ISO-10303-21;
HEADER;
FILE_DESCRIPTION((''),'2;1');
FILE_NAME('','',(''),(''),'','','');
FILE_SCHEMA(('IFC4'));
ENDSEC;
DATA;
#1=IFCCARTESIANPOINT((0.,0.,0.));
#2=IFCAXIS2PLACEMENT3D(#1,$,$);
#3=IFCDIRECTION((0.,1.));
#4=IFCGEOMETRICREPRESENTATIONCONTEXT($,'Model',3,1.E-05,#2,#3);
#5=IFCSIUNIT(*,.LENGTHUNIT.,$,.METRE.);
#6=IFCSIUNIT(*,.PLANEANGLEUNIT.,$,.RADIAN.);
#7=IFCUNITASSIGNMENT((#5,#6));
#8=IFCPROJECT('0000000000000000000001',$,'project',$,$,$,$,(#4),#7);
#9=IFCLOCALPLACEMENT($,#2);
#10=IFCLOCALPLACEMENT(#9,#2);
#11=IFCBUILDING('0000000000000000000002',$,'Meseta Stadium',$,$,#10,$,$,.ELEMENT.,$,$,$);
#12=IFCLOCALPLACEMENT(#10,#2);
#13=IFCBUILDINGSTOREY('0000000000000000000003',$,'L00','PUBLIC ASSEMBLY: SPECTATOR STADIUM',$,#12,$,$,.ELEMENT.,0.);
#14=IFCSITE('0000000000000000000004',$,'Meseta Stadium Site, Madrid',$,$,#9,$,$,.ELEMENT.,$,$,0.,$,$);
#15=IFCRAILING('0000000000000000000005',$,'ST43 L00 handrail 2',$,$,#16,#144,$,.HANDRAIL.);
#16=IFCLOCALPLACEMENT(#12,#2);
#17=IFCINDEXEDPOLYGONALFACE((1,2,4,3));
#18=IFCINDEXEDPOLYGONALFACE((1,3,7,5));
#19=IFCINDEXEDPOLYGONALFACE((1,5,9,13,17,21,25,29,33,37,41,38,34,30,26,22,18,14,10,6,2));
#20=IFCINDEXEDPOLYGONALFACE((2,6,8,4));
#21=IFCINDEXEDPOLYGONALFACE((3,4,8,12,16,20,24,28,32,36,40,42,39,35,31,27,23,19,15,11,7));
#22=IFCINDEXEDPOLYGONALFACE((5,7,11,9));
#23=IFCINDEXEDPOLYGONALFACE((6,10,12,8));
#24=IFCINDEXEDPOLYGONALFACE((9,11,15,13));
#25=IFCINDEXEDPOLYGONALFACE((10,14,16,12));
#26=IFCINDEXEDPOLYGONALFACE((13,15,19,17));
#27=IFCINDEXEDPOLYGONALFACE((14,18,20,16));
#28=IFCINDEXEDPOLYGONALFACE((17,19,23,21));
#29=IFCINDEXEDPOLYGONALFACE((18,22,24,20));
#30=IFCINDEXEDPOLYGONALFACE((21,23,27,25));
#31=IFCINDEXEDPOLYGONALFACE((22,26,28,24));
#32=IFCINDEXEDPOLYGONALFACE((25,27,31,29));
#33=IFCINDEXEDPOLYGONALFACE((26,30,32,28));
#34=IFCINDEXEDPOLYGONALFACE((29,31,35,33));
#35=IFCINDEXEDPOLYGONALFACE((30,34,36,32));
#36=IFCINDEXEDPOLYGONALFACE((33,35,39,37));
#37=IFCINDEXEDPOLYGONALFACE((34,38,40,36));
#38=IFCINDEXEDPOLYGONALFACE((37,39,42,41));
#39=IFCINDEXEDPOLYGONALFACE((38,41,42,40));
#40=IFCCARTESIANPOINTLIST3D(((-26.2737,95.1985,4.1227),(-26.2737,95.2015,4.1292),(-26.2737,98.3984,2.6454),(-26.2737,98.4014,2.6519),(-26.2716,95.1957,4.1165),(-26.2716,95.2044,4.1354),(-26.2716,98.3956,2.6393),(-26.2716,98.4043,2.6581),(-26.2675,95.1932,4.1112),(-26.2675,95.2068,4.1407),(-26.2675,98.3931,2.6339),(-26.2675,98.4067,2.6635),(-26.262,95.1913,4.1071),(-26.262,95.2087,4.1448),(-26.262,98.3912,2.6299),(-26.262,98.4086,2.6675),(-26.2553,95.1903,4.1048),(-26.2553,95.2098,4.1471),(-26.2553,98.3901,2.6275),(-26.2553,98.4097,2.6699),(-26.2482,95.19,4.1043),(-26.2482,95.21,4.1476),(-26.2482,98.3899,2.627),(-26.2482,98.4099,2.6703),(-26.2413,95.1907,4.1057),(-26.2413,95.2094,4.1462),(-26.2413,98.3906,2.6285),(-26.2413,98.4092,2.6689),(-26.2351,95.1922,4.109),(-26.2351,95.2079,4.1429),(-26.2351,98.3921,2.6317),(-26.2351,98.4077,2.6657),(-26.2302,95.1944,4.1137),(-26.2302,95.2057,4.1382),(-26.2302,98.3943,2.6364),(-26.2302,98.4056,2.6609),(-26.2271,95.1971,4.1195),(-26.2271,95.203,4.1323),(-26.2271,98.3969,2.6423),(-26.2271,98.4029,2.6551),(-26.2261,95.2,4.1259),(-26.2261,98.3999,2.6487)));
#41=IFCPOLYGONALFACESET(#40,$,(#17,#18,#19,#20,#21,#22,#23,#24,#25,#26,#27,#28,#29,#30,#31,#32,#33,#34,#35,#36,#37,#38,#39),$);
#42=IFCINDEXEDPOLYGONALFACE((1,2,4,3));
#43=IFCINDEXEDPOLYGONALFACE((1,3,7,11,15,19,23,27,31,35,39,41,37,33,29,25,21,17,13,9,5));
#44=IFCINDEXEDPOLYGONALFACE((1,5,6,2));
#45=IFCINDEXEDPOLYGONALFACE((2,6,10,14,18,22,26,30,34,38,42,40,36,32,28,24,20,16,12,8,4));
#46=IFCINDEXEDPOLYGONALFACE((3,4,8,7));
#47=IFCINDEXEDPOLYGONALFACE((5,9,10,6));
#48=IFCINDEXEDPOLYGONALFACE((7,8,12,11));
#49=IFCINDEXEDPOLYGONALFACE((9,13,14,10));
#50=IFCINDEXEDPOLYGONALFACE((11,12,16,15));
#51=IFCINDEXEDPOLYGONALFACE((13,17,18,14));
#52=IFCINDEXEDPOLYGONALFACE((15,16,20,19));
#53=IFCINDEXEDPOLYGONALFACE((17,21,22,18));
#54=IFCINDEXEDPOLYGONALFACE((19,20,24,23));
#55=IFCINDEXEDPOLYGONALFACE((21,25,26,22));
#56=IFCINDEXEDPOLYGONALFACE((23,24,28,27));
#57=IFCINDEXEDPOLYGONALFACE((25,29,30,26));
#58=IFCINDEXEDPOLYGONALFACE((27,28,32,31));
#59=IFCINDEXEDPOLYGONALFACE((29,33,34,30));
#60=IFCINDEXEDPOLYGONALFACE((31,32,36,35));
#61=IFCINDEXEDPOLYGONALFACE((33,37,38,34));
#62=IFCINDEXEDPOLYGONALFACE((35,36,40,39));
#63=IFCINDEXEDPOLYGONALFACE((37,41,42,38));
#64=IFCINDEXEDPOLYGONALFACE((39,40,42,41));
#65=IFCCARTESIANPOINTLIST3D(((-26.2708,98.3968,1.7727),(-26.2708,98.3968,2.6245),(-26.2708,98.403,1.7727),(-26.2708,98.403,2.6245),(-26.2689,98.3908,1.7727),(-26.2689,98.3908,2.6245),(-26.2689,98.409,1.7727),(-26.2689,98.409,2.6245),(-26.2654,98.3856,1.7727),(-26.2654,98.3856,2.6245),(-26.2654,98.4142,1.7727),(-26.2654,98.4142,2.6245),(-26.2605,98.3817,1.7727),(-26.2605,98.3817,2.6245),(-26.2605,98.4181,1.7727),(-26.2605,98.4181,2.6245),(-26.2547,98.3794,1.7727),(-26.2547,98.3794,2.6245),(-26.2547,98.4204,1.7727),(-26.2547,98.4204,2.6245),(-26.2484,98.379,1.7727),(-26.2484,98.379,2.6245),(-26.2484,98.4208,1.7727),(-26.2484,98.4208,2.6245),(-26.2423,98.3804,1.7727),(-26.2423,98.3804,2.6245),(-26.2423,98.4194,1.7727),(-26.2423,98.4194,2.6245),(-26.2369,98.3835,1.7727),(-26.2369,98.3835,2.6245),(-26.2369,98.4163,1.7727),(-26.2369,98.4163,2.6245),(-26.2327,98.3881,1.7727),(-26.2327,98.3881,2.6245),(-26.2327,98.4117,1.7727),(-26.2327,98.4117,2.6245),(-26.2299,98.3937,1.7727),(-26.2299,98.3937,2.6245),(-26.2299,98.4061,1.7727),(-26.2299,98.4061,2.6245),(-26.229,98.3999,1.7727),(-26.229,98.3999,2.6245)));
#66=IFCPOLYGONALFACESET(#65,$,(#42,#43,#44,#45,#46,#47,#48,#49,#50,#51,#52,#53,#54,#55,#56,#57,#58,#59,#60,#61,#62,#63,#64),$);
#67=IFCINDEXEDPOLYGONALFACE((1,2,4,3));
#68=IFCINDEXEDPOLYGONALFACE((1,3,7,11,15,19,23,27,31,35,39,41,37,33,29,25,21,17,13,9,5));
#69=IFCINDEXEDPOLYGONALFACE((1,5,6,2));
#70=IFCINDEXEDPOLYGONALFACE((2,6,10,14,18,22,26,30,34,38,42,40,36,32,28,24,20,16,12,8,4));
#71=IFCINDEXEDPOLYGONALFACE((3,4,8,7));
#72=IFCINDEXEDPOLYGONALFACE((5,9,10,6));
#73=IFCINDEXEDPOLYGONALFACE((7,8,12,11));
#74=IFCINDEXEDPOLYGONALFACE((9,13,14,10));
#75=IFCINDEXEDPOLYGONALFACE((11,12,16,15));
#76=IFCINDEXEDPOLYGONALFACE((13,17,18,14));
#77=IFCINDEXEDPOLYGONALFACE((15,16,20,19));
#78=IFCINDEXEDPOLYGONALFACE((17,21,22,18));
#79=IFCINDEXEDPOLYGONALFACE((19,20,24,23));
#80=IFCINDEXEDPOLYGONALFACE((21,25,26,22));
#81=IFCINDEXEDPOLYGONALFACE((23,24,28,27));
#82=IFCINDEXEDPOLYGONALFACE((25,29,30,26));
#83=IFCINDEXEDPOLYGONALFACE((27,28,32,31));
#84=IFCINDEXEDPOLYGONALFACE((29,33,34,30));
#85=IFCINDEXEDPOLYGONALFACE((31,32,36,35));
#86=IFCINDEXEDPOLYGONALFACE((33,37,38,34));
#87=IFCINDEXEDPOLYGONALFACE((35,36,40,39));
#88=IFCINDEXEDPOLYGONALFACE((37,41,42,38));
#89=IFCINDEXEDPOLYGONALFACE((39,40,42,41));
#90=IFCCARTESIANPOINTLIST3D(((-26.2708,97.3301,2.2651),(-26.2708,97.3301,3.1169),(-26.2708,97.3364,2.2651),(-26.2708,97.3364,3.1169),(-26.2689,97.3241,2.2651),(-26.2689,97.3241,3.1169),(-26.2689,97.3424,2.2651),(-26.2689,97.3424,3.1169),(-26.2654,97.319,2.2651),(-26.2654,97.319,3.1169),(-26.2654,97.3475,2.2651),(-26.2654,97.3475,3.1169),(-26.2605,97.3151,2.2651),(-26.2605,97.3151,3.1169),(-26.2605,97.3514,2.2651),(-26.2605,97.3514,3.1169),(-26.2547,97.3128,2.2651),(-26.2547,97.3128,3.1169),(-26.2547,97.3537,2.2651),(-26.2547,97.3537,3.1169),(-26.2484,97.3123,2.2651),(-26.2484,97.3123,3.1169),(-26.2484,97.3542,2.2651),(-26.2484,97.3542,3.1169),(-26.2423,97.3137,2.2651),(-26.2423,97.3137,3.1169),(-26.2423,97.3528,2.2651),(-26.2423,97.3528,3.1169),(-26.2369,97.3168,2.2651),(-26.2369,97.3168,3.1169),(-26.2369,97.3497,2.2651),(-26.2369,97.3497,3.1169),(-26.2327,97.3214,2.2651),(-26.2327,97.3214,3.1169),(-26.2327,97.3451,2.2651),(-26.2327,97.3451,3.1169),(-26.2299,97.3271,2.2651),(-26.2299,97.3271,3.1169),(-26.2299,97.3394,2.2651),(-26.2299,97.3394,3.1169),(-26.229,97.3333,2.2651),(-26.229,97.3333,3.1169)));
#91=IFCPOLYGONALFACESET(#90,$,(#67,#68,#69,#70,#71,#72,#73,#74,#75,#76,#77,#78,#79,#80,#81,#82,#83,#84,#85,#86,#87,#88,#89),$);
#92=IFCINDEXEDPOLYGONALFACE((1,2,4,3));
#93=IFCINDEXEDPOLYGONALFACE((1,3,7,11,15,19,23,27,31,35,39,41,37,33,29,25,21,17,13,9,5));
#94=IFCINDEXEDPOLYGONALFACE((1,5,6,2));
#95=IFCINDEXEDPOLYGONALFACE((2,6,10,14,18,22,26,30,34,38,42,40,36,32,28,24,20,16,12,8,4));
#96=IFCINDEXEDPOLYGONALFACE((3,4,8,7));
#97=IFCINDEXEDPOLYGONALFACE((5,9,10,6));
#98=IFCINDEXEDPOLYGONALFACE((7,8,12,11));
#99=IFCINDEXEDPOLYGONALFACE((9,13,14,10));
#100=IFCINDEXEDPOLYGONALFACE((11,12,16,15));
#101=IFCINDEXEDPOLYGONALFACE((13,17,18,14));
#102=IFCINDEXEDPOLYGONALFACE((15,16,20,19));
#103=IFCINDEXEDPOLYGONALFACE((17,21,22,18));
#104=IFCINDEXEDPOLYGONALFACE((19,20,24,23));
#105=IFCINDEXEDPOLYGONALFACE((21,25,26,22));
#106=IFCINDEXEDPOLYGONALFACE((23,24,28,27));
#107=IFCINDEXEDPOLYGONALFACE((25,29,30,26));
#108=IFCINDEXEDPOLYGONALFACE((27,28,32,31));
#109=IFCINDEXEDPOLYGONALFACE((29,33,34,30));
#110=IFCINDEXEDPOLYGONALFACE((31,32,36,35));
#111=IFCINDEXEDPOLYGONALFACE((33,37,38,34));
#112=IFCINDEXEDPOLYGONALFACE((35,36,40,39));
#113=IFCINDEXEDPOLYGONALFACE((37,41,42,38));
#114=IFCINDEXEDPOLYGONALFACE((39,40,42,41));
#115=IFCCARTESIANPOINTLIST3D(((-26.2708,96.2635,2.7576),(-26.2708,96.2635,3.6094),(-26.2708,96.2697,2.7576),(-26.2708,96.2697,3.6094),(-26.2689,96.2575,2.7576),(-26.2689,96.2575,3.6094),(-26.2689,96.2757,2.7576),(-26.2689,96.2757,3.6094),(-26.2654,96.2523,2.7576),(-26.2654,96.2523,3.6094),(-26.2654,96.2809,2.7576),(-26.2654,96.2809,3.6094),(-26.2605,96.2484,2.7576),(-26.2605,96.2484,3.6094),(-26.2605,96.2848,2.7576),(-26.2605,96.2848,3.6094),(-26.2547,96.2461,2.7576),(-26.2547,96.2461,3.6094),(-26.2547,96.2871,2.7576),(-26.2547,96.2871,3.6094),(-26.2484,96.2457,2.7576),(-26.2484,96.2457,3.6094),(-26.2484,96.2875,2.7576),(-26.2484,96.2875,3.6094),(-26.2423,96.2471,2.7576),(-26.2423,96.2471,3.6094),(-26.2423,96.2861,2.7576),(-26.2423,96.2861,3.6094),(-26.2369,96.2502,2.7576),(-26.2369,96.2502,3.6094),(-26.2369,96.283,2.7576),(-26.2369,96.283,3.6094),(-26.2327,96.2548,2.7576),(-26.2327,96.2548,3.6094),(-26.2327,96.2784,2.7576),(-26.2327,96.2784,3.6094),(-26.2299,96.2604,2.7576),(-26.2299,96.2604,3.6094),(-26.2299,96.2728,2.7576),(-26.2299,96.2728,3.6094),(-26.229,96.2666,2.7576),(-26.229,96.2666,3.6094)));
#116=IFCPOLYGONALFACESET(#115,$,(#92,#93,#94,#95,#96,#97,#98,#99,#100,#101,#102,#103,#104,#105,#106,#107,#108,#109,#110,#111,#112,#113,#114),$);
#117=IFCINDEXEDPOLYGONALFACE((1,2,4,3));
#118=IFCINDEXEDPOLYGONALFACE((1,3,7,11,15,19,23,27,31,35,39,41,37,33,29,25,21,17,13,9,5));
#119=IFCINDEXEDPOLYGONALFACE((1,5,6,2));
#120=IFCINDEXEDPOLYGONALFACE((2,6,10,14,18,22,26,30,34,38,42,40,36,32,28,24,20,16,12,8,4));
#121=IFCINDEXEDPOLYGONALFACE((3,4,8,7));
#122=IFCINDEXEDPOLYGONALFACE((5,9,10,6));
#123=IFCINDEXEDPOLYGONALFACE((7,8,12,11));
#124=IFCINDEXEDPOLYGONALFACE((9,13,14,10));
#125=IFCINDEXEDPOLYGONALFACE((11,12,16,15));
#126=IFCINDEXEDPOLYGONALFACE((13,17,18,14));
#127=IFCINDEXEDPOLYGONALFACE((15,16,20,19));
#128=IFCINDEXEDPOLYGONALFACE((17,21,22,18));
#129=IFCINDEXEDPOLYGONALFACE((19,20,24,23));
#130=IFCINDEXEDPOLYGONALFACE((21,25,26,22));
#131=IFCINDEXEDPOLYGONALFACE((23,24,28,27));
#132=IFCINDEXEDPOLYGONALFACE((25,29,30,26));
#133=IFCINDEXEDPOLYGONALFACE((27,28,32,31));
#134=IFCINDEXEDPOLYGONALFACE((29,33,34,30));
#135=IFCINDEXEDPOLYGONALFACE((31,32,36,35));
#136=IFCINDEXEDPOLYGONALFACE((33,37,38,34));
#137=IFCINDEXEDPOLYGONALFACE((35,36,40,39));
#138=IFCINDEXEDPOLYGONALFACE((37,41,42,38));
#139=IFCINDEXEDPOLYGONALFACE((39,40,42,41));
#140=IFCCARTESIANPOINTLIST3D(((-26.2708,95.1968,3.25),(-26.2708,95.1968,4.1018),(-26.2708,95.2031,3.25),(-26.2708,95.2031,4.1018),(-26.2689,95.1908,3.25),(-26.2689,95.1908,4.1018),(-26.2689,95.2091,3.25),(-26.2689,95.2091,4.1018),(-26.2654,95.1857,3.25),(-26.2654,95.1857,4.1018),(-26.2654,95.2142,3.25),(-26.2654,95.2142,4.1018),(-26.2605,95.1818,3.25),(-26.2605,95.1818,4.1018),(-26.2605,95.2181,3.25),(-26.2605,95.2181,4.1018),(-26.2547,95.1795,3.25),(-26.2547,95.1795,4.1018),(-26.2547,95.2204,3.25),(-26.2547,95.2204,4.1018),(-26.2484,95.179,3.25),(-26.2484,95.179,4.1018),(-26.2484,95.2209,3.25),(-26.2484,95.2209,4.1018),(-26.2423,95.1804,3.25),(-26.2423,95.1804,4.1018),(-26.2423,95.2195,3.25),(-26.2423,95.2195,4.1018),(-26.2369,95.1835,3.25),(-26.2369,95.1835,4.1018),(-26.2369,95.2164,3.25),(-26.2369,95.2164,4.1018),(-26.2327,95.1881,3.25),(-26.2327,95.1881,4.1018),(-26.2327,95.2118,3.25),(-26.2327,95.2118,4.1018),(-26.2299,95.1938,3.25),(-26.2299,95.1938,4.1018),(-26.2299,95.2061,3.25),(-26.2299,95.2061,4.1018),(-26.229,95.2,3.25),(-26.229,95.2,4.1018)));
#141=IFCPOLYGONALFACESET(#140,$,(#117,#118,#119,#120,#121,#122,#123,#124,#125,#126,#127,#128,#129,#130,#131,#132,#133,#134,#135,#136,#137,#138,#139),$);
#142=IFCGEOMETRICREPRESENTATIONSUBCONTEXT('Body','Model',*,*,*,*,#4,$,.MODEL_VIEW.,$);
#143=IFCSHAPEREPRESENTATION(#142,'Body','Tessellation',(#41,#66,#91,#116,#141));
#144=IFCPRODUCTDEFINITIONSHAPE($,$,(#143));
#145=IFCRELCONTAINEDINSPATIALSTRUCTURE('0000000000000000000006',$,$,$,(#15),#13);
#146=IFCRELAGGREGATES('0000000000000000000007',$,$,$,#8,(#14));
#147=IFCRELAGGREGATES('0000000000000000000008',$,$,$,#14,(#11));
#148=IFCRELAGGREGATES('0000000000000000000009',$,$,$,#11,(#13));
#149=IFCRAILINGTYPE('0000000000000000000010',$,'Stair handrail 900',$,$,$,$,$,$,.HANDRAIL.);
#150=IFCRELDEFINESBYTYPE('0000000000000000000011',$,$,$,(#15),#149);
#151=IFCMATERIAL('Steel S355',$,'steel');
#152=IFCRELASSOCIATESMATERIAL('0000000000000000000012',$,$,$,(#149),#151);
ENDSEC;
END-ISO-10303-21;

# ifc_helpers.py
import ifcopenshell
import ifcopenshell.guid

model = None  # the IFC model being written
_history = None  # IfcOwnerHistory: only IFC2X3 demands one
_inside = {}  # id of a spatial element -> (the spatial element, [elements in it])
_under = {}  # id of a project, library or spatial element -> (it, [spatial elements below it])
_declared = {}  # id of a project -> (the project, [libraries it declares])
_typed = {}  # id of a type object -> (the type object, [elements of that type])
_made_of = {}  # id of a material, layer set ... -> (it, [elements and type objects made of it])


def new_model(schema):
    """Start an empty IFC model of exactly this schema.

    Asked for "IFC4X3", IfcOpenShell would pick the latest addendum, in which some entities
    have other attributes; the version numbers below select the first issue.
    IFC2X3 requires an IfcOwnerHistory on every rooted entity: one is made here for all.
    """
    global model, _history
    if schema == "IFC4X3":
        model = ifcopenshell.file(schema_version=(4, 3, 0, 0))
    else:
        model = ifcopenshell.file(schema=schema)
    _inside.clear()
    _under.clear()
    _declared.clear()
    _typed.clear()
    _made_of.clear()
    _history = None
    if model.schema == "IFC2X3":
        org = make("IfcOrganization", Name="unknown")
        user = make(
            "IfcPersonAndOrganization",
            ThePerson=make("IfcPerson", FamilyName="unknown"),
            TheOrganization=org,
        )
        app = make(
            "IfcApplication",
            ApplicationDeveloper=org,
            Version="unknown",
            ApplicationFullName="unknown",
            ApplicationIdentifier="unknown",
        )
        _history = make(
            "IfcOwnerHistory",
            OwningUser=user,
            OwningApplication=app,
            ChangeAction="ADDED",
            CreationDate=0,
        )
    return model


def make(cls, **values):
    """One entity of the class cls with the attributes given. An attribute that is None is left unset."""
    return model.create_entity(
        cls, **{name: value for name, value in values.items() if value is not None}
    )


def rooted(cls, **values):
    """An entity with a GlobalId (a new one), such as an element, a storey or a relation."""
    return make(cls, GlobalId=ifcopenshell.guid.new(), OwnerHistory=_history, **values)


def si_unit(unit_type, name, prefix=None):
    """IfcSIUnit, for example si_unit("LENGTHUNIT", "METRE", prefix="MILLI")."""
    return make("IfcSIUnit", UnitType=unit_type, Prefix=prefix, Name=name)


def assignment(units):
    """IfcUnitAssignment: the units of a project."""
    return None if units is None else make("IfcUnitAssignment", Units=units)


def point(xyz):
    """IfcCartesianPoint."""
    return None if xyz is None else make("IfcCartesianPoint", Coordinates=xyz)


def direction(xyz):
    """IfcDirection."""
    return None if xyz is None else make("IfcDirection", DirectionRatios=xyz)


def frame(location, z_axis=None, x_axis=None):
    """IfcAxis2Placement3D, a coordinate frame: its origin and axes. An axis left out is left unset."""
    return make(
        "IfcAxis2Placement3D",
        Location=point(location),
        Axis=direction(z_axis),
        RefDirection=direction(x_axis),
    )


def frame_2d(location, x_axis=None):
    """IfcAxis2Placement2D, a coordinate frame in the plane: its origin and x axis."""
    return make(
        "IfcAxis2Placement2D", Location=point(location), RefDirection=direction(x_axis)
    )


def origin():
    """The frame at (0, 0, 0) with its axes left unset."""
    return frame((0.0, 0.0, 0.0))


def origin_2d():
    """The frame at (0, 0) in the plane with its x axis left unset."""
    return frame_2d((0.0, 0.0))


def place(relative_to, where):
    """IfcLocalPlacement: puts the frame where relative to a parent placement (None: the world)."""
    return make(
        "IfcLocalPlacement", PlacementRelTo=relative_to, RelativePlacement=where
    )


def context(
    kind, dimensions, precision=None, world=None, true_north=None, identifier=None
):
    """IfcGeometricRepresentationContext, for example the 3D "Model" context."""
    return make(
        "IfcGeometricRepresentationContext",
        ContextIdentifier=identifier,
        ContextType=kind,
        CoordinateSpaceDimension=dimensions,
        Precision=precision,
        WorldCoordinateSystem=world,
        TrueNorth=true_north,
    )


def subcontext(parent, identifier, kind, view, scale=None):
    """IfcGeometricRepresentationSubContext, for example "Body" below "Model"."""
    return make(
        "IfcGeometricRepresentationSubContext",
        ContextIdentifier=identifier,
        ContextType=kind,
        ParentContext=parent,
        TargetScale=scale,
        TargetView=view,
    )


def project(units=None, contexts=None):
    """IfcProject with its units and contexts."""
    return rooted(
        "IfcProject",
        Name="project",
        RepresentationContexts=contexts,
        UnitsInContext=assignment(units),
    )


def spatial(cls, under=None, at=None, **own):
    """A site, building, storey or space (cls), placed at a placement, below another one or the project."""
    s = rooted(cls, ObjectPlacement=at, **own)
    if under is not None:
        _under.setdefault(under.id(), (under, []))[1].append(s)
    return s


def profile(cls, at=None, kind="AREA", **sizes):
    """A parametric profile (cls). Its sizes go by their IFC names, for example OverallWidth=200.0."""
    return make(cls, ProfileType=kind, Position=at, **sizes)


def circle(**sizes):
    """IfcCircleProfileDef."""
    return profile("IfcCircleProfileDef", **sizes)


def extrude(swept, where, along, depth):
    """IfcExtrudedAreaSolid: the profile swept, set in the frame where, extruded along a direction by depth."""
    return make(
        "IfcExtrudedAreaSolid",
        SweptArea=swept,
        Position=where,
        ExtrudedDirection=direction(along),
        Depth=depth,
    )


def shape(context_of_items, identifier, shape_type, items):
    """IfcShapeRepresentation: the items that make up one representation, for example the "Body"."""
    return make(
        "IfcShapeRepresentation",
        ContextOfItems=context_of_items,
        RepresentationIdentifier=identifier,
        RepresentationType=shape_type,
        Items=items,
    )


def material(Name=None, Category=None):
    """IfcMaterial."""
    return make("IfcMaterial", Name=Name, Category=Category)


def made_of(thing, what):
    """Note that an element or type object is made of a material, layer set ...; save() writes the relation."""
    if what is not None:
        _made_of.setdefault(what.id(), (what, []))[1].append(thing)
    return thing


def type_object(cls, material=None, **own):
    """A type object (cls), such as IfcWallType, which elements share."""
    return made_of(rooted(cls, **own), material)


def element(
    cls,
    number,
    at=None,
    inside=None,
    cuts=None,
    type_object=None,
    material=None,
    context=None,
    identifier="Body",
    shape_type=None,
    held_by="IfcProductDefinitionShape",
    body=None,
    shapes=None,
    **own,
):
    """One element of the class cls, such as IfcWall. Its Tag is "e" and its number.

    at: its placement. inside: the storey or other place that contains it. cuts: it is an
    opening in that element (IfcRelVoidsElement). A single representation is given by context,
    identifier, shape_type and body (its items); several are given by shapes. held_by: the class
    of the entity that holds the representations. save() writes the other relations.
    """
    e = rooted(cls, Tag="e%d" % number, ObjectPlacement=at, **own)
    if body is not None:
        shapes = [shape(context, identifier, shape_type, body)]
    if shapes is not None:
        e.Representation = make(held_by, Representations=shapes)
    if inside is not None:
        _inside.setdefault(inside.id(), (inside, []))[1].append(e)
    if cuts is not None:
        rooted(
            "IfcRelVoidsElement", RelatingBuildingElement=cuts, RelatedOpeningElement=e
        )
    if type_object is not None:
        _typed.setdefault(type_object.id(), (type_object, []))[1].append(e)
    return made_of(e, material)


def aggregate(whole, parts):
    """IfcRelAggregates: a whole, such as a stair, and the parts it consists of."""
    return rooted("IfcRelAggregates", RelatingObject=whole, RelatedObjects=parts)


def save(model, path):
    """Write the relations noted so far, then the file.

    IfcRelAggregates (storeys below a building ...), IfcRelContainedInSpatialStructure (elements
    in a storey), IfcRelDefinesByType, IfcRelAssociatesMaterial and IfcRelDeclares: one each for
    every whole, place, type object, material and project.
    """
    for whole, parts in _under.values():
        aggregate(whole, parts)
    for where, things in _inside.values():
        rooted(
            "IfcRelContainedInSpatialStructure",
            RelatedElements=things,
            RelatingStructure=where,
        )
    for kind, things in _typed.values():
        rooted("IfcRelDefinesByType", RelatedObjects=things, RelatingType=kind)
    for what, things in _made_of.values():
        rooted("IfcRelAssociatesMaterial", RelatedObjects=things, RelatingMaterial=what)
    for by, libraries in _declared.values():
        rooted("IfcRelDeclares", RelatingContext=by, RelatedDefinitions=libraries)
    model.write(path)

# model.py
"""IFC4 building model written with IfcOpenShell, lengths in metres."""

from ifc_helpers import new_model, si_unit, direction, frame, origin, origin_2d, place, context, subcontext, project, spatial, circle, extrude, material, type_object, element, save


model = new_model("IFC4")

# Units and contexts
model_context = context("Model", 3, precision=1e-05, world=origin(), true_north=direction((0.0, 1.0)))
body_context = subcontext(model_context, "Body", "Model", "MODEL_VIEW")
ifc_project = project(units=[si_unit("LENGTHUNIT", "METRE"), si_unit("PLANEANGLEUNIT", "RADIAN")], contexts=[model_context])

# Site, building, storey
site_placement = place(None, origin())
site = spatial("IfcSite", under=ifc_project, at=site_placement, Name="Meseta Stadium Site, Madrid", CompositionType="ELEMENT", RefElevation=0.0)
building_placement = place(site_placement, origin())
building = spatial("IfcBuilding", under=site, at=building_placement, Name="Meseta Stadium", CompositionType="ELEMENT")
storey_placement = place(building_placement, origin())
storey = spatial("IfcBuildingStorey", under=building, at=storey_placement, Name="L00", Description="PUBLIC ASSEMBLY: SPECTATOR STADIUM", CompositionType="ELEMENT", Elevation=0.0)

# Railing
ifc_material_1 = material(Name="Steel S355", Category="steel")
railing_type_1 = type_object("IfcRailingType", Name="Stair handrail 900", PredefinedType="HANDRAIL", material=ifc_material_1)
railing_1_placement = place(storey_placement, frame((-26.25, 98.3999, 1.7727)))
element("IfcRailing", 1, at=railing_1_placement, inside=storey, type_object=railing_type_1, Name="ST43 L00 handrail 2", PredefinedType="HANDRAIL", context=body_context, shape_type="SweptSolid", body=[
    extrude(circle(Radius=0.0239, at=origin_2d()), frame((0.0, 0.0, 0.876), z_axis=(0.0, -0.907917, 0.41915), x_axis=(1.0, 0.0, 0.0)), (0.0, 0.0, 1.0), 3.5244),
    extrude(circle(Radius=0.021, at=origin_2d()), origin(), (0.0, 0.0, 1.0), 0.8518),
    extrude(circle(Radius=0.021, at=origin_2d()), frame((0.0, -1.0667, 0.4924)), (0.0, 0.0, 1.0), 0.8518),
    extrude(circle(Radius=0.021, at=origin_2d()), frame((0.0, -2.1333, 0.9849)), (0.0, 0.0, 1.0), 0.8518),
    extrude(circle(Radius=0.021, at=origin_2d()), frame((0.0, -3.2, 1.4773)), (0.0, 0.0, 1.0), 0.8518),
])

save(model, "model.ifc")
